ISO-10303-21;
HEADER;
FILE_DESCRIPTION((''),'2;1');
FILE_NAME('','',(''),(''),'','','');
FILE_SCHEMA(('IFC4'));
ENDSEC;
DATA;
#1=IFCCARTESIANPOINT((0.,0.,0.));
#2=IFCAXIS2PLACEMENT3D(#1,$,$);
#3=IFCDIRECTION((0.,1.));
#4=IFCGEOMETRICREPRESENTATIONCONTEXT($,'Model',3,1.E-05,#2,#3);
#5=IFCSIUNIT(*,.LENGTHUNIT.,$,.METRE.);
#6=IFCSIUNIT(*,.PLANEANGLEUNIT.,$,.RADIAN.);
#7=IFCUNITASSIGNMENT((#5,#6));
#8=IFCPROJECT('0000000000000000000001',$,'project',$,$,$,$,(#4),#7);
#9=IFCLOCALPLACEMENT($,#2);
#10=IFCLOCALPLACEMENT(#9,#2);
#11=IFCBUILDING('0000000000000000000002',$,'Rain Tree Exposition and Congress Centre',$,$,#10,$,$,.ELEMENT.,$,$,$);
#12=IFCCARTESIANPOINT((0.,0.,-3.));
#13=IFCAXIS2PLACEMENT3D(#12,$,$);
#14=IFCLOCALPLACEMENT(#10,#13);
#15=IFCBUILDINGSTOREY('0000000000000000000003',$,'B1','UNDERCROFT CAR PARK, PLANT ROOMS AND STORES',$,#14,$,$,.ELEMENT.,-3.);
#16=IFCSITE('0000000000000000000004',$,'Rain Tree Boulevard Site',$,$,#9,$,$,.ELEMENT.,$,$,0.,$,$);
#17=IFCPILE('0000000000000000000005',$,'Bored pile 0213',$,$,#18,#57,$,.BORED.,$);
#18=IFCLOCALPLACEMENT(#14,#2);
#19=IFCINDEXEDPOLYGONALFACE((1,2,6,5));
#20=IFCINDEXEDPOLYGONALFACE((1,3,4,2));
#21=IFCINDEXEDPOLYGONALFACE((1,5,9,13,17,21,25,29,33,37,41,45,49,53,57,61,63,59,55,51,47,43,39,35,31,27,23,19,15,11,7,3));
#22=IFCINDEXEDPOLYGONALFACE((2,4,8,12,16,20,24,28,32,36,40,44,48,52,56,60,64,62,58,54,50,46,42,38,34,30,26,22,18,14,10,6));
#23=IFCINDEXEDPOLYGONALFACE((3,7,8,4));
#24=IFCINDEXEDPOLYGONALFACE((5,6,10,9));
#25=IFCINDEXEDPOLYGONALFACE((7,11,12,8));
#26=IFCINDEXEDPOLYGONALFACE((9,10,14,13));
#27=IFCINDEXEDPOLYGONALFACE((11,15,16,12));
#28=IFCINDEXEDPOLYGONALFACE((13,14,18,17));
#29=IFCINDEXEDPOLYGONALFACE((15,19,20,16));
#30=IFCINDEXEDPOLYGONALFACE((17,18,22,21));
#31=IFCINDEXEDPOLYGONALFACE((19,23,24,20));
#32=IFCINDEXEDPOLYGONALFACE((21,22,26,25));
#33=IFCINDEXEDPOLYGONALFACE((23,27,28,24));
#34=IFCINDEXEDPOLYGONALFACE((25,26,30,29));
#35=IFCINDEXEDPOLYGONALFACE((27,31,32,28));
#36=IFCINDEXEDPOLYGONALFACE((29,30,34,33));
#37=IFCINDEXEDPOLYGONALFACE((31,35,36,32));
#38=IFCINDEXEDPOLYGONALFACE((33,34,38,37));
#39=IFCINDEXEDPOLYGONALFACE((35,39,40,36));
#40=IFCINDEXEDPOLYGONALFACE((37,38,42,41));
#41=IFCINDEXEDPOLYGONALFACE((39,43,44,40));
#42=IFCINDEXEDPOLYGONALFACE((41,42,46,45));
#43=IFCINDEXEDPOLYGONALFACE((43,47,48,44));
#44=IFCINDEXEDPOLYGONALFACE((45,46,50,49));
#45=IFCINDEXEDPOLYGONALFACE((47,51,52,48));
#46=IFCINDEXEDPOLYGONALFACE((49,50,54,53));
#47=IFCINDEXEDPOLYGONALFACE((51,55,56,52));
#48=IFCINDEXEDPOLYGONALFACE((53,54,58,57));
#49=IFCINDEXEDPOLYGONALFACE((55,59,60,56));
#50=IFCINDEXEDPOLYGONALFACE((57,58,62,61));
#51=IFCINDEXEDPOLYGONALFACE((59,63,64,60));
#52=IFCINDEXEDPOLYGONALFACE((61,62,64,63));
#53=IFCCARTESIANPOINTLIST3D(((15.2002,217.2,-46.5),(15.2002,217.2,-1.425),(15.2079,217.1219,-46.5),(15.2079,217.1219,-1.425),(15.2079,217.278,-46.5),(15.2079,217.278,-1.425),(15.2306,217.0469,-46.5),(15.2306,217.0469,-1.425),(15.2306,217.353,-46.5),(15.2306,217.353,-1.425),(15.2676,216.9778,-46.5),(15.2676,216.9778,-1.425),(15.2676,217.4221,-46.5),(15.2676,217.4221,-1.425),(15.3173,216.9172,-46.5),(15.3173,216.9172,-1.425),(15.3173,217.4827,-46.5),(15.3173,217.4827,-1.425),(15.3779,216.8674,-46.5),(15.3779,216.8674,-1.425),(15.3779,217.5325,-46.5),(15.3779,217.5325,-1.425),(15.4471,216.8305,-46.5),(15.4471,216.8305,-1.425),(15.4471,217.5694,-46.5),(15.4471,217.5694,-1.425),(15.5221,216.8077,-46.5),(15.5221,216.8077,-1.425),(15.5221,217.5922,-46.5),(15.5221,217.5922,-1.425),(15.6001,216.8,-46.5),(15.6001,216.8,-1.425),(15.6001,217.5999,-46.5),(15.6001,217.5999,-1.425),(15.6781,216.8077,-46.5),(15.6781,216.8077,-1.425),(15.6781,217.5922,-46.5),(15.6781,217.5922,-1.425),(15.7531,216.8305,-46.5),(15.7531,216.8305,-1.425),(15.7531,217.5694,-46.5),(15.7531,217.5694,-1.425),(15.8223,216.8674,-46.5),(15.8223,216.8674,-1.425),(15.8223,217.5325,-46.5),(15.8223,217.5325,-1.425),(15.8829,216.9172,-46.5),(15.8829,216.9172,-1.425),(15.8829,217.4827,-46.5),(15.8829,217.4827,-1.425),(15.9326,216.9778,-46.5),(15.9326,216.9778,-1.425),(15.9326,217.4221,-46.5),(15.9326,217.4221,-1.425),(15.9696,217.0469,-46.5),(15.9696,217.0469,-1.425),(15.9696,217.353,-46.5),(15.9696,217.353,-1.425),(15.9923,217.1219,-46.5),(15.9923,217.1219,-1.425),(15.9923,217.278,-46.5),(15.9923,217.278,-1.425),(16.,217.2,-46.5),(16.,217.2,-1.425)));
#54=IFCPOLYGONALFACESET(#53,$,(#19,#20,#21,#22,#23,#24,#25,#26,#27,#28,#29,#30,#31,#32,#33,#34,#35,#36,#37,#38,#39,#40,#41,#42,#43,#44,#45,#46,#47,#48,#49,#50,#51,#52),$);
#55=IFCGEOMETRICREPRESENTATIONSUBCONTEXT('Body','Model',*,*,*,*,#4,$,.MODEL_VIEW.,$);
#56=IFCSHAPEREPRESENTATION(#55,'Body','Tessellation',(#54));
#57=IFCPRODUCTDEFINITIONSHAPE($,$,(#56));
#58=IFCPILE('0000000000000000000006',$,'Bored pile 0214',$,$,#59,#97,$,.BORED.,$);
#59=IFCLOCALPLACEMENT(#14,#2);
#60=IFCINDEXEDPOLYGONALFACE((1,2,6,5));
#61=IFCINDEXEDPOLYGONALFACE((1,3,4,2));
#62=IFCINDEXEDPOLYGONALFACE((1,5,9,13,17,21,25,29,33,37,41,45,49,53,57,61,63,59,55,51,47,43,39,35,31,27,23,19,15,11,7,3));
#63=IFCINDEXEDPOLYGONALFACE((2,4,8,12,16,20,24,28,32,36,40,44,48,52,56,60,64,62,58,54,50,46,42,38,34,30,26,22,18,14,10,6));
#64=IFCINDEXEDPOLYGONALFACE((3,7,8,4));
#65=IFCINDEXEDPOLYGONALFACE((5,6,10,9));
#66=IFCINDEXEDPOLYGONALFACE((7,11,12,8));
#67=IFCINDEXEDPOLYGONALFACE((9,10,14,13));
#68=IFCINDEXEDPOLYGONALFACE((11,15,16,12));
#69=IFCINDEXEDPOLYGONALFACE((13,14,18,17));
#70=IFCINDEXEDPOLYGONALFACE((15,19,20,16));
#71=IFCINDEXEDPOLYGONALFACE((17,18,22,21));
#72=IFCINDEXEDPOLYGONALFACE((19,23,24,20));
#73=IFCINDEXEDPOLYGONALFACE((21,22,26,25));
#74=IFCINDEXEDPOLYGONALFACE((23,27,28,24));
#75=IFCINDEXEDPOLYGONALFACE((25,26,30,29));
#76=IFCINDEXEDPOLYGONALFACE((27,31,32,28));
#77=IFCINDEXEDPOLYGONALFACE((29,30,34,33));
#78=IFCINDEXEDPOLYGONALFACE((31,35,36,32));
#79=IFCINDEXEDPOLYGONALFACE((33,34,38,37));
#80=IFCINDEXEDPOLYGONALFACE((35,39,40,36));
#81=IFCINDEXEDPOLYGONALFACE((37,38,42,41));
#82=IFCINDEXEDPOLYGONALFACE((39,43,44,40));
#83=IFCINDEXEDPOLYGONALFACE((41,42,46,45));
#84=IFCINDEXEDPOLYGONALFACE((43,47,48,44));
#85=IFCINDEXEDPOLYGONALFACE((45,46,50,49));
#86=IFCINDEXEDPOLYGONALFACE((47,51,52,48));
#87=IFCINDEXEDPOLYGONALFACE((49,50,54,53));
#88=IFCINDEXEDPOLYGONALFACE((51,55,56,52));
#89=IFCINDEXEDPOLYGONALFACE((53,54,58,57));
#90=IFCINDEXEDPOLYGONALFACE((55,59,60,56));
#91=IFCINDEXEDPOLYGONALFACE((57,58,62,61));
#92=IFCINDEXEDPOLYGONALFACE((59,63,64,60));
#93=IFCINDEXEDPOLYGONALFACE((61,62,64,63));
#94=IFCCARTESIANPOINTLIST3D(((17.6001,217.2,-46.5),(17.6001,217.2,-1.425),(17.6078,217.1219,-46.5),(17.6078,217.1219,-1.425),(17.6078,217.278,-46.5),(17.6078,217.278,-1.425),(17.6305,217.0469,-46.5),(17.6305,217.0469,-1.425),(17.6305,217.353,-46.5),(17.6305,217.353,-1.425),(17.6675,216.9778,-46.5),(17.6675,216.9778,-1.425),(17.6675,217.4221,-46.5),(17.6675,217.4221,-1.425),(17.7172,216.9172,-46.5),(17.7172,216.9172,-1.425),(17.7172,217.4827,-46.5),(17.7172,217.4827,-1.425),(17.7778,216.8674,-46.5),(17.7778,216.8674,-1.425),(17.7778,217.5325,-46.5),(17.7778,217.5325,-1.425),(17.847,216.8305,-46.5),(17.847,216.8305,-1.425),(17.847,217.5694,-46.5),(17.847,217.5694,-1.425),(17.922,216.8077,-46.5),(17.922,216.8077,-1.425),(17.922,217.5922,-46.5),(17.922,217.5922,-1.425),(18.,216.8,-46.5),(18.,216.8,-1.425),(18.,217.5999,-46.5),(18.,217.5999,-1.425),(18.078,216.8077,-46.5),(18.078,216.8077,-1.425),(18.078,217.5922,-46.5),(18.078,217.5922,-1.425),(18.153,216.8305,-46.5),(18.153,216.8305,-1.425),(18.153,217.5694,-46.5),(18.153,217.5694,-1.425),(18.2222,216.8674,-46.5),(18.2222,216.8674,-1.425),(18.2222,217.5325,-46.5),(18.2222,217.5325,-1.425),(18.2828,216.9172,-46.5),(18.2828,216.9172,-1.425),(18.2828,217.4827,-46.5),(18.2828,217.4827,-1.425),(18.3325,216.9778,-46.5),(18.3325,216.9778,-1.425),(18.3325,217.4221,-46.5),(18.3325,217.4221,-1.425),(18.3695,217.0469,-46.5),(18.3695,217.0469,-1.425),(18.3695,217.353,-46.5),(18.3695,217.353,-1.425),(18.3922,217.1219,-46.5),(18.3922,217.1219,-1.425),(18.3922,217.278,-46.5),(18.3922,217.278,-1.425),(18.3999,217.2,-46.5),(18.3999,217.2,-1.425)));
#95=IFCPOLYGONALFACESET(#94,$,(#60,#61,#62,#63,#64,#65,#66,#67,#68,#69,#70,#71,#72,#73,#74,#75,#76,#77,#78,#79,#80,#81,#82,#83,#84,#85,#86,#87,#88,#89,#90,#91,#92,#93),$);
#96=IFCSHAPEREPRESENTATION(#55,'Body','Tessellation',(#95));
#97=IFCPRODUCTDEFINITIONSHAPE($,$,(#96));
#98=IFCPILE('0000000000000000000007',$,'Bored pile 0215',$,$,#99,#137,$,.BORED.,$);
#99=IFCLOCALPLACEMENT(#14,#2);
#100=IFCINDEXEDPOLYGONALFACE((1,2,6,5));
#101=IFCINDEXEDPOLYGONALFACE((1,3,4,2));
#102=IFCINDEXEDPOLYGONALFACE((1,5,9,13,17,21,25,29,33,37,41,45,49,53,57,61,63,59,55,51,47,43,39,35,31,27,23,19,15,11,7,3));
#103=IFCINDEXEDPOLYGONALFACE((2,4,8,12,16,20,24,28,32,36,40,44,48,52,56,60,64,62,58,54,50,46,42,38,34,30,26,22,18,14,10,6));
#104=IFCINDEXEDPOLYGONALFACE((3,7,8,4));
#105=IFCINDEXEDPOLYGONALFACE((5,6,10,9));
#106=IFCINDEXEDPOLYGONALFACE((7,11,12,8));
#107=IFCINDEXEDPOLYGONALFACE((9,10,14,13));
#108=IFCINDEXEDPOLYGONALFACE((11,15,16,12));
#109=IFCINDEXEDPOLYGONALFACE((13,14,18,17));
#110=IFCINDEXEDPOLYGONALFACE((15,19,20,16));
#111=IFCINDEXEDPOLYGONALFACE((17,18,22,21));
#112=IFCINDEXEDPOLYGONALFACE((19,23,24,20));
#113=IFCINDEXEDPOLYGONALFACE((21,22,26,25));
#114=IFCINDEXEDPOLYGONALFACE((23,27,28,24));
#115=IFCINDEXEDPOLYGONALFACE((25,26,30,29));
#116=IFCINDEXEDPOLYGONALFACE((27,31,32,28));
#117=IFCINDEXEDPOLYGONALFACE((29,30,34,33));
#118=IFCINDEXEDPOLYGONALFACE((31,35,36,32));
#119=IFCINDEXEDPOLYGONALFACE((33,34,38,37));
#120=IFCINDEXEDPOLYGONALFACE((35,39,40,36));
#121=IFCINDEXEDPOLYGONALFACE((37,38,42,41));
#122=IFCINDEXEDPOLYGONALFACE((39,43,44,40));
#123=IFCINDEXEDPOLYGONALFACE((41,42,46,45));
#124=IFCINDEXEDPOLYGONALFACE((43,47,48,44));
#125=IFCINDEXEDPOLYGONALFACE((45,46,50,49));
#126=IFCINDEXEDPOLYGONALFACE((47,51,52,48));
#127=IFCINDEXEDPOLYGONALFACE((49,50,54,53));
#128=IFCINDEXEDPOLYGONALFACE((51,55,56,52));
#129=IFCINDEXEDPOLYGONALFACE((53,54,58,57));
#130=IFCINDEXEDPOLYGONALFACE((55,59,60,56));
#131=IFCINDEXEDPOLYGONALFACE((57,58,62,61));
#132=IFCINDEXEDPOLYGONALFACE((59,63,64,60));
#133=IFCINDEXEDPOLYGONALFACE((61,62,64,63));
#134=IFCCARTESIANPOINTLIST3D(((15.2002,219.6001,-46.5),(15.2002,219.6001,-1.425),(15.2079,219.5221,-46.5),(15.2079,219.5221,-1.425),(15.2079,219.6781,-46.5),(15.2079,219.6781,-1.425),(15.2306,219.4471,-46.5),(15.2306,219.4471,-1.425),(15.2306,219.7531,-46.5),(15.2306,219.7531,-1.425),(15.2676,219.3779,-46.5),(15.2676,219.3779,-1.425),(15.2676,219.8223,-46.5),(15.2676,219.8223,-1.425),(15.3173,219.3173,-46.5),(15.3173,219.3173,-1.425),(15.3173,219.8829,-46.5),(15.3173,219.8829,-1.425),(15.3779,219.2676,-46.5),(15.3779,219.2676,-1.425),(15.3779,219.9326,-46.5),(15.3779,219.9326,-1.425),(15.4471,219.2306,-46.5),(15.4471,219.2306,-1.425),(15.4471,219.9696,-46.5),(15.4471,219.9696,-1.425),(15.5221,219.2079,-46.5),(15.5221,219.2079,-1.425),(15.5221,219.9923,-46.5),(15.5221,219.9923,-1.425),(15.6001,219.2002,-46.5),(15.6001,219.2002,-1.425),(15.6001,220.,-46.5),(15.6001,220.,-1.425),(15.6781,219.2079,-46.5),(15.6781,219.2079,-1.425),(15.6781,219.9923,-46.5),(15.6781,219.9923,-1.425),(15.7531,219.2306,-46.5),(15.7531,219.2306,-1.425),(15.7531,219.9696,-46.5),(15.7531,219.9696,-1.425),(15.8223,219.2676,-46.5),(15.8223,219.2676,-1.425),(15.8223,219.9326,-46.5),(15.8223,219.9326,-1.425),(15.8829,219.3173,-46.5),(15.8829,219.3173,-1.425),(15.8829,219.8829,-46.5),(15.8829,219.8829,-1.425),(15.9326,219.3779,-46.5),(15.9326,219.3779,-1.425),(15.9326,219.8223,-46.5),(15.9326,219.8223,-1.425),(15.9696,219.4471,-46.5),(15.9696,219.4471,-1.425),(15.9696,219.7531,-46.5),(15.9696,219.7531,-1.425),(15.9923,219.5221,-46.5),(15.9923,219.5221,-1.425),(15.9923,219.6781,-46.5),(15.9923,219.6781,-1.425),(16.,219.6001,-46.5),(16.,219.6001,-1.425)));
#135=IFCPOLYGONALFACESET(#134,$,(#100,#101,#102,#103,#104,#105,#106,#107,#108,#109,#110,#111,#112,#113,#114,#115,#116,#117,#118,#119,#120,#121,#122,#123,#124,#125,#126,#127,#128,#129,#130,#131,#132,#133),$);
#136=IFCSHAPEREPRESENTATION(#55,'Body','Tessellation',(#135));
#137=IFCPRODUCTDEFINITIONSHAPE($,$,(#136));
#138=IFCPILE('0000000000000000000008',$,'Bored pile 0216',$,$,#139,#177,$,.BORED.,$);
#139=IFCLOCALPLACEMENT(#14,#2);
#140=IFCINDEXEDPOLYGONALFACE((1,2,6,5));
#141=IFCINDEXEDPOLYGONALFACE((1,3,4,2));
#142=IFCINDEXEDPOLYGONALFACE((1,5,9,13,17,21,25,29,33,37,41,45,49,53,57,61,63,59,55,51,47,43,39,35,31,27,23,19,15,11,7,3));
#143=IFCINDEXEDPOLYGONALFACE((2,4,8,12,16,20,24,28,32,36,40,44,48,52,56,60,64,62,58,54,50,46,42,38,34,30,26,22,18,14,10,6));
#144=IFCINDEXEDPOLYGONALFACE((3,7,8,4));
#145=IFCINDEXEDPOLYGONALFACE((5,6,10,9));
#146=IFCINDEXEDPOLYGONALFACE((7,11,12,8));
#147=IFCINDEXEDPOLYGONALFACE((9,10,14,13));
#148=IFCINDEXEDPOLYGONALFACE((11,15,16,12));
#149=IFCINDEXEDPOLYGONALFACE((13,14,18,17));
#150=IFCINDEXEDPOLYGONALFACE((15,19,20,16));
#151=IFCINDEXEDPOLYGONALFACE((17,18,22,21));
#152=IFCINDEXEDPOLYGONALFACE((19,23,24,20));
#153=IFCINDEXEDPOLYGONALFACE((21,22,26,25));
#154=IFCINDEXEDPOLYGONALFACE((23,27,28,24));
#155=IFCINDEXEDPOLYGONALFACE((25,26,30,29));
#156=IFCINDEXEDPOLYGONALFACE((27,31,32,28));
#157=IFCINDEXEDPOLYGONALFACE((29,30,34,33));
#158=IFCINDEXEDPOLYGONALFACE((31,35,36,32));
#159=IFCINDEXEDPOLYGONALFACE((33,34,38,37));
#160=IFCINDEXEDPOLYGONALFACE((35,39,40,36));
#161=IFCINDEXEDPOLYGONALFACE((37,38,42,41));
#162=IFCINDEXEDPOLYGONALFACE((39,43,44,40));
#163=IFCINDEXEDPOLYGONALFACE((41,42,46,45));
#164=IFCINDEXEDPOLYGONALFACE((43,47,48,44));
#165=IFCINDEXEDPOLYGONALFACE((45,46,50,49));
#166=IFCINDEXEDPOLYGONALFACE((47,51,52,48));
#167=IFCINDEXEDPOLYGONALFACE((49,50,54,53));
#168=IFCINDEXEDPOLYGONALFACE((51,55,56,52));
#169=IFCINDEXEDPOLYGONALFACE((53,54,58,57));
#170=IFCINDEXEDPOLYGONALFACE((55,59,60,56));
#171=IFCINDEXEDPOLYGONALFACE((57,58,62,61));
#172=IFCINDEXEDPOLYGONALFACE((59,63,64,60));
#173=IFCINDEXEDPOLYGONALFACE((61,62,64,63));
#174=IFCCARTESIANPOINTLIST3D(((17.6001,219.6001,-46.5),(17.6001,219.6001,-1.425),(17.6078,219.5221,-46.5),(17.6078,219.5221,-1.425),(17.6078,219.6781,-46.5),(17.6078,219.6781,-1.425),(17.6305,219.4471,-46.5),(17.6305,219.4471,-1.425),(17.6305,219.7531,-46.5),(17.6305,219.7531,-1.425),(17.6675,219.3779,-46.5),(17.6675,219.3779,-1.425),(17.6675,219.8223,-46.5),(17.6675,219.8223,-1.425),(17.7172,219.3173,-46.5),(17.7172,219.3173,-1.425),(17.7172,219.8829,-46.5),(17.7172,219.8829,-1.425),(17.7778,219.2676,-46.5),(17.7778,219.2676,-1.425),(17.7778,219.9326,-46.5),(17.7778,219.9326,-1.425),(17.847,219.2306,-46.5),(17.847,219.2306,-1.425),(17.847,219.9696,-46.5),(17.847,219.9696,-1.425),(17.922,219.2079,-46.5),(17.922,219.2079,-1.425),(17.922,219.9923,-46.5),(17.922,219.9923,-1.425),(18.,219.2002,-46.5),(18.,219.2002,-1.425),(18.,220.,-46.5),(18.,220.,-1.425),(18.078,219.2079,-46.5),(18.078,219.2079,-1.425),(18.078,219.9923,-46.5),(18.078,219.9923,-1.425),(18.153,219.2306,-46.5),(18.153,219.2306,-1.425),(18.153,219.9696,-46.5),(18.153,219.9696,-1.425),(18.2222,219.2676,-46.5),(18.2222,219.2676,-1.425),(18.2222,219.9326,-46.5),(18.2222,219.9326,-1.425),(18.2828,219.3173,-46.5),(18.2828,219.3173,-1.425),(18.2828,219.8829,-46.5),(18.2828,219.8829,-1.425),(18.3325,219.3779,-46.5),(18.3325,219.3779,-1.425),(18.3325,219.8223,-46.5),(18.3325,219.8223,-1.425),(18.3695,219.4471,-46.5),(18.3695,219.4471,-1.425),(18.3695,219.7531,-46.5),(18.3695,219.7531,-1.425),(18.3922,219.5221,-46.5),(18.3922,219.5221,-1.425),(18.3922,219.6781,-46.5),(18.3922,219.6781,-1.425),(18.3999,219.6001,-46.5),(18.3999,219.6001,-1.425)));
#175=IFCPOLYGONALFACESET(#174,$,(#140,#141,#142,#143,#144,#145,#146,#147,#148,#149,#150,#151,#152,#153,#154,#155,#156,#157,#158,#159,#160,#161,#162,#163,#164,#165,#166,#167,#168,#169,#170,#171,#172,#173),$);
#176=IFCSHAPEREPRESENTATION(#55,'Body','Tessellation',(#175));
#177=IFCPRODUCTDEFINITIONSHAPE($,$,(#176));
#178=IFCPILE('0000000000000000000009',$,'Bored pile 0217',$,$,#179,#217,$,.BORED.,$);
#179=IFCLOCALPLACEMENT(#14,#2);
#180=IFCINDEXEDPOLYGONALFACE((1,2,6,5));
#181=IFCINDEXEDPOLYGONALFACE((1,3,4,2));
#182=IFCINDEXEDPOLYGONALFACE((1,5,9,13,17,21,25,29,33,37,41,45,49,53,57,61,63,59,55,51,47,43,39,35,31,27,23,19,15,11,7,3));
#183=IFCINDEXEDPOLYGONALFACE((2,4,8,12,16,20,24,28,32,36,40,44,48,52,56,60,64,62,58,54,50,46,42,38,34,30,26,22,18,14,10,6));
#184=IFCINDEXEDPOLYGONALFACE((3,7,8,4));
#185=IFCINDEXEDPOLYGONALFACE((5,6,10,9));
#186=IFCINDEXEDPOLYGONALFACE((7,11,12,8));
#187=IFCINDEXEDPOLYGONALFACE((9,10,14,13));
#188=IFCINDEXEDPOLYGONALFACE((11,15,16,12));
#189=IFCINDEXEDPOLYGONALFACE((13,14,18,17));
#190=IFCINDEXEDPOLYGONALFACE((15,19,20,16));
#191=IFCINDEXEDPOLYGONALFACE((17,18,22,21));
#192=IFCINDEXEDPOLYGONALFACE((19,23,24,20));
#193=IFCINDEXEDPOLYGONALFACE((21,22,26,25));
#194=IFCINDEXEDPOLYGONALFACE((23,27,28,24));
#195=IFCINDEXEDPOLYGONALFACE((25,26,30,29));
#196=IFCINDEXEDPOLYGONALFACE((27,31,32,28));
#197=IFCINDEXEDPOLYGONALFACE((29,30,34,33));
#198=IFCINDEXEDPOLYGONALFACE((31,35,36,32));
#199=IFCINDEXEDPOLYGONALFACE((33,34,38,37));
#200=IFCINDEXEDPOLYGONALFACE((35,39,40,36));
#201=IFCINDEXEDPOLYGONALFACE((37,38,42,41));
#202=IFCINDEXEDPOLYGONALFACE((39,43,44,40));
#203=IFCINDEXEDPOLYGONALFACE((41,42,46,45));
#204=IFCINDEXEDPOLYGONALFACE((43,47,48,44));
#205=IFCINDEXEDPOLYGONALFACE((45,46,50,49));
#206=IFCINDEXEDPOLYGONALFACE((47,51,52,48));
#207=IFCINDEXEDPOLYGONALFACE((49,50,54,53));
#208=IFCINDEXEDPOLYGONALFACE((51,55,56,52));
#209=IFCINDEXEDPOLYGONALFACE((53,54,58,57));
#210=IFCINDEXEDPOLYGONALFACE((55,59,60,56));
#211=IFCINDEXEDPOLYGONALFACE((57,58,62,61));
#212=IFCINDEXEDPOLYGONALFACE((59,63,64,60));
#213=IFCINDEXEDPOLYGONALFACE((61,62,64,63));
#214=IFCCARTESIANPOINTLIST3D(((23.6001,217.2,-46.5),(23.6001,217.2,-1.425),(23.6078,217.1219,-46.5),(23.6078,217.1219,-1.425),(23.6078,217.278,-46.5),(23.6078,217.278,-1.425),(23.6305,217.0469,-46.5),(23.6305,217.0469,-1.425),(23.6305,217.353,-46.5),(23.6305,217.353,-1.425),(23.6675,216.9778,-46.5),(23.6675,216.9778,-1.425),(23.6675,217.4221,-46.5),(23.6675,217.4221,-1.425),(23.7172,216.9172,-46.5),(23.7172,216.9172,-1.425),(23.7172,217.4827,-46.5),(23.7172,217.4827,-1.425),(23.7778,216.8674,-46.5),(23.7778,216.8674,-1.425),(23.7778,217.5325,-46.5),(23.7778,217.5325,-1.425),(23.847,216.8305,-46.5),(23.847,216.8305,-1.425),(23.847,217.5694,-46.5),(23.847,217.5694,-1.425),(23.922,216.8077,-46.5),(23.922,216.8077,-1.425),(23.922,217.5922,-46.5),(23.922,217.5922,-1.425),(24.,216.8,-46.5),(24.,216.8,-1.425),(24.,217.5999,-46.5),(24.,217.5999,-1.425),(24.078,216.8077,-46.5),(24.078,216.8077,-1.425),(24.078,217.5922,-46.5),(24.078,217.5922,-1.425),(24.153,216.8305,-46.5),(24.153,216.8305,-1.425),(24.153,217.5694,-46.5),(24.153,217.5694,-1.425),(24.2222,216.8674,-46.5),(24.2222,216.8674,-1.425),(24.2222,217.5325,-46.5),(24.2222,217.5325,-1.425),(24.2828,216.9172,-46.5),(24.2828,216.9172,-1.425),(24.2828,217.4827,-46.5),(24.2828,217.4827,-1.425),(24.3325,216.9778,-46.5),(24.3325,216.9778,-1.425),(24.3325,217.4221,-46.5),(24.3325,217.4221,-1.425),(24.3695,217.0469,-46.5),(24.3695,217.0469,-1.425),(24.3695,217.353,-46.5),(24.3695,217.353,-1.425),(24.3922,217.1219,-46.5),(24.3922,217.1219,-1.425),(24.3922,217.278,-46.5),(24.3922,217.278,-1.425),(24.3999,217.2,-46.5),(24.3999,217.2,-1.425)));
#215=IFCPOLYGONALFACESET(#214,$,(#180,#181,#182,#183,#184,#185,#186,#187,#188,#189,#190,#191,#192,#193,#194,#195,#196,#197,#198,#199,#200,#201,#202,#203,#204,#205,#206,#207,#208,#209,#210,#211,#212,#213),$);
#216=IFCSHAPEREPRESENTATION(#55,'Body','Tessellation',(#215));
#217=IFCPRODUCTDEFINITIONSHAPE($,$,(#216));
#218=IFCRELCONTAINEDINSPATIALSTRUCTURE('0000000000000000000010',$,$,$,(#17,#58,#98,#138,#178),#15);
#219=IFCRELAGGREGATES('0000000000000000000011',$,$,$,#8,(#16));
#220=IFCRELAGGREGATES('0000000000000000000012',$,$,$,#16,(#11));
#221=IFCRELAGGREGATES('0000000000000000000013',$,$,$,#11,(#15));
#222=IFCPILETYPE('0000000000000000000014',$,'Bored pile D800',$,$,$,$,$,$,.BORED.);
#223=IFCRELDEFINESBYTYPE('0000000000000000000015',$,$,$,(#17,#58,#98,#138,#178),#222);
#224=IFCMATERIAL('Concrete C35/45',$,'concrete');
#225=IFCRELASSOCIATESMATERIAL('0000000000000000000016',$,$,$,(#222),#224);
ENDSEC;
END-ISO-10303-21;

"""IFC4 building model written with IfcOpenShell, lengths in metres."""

from ifc_helpers import new_model, si_unit, direction, frame, origin, origin_2d, place, context, subcontext, project, spatial, circle, extrude, material, material_profile, profile_set, type_object, element, save


model = new_model("IFC4")

# Units and contexts
model_context = context("Model", 3, precision=1e-05, world=origin(), true_north=direction((0.0, 1.0)))
body_context = subcontext(model_context, "Body", "Model", "MODEL_VIEW")
ifc_project = project(units=[si_unit("LENGTHUNIT", "METRE"), si_unit("PLANEANGLEUNIT", "RADIAN")], contexts=[model_context])

# Site, building, storey
site_placement = place(None, origin())
site = spatial("IfcSite", under=ifc_project, at=site_placement, Name="Rain Tree Boulevard Site", CompositionType="ELEMENT", RefElevation=0.0)
building_placement = place(site_placement, origin())
building = spatial("IfcBuilding", under=site, at=building_placement, Name="Rain Tree Exposition and Congress Centre", CompositionType="ELEMENT")
storey_placement = place(building_placement, frame((0.0, 0.0, -3.0)))
storey = spatial("IfcBuildingStorey", under=building, at=storey_placement, Name="B1", Description="UNDERCROFT CAR PARK, PLANT ROOMS AND STORES", CompositionType="ELEMENT", Elevation=-3.0)

# Piles
ifc_material_1 = material(Name="Concrete C35/45", Category="concrete")
ifc_material_profile_1 = material_profile(ifc_material_1, circle(Radius=0.3999, at=origin_2d()), Name="D800")
ifc_profile_set_1 = profile_set([ifc_material_profile_1], Name="Concrete C35/45")
pile_type_1 = type_object("IfcPileType", Name="Bored pile D800", PredefinedType="BORED", material=ifc_profile_set_1)
for number, where, z_axis, x_axis, name in (
    (1, (15.6001, 217.2, -1.425), (0.0, 0.0, -1.0), (1.0, 0.0, 0.0), "Bored pile 0213"),
    (2, (18.0, 217.2, -1.425), (0.0, 0.0, -1.0), (1.0, 0.0, 0.0), "Bored pile 0214"),
    (3, (15.6001, 219.6001, -1.425), (0.0, 0.0, -1.0), (1.0, 0.0, 0.0), "Bored pile 0215"),
    (4, (18.0, 219.6001, -1.425), (0.0, 0.0, -1.0), (1.0, 0.0, 0.0), "Bored pile 0216"),
    (5, (24.0, 217.2, -1.425), (0.0, 0.0, -1.0), (1.0, 0.0, 0.0), "Bored pile 0217"),
):
    element("IfcPile", number, at=place(storey_placement, frame(where, z_axis=z_axis, x_axis=x_axis)), inside=storey, type_object=pile_type_1, Name=name, PredefinedType="BORED", context=body_context, shape_type="SweptSolid", body=[
        extrude(circle(Radius=0.3999, at=origin_2d()), origin(), (0.0, 0.0, 1.0), 45.075),
    ])

save(model, "model.ifc")
